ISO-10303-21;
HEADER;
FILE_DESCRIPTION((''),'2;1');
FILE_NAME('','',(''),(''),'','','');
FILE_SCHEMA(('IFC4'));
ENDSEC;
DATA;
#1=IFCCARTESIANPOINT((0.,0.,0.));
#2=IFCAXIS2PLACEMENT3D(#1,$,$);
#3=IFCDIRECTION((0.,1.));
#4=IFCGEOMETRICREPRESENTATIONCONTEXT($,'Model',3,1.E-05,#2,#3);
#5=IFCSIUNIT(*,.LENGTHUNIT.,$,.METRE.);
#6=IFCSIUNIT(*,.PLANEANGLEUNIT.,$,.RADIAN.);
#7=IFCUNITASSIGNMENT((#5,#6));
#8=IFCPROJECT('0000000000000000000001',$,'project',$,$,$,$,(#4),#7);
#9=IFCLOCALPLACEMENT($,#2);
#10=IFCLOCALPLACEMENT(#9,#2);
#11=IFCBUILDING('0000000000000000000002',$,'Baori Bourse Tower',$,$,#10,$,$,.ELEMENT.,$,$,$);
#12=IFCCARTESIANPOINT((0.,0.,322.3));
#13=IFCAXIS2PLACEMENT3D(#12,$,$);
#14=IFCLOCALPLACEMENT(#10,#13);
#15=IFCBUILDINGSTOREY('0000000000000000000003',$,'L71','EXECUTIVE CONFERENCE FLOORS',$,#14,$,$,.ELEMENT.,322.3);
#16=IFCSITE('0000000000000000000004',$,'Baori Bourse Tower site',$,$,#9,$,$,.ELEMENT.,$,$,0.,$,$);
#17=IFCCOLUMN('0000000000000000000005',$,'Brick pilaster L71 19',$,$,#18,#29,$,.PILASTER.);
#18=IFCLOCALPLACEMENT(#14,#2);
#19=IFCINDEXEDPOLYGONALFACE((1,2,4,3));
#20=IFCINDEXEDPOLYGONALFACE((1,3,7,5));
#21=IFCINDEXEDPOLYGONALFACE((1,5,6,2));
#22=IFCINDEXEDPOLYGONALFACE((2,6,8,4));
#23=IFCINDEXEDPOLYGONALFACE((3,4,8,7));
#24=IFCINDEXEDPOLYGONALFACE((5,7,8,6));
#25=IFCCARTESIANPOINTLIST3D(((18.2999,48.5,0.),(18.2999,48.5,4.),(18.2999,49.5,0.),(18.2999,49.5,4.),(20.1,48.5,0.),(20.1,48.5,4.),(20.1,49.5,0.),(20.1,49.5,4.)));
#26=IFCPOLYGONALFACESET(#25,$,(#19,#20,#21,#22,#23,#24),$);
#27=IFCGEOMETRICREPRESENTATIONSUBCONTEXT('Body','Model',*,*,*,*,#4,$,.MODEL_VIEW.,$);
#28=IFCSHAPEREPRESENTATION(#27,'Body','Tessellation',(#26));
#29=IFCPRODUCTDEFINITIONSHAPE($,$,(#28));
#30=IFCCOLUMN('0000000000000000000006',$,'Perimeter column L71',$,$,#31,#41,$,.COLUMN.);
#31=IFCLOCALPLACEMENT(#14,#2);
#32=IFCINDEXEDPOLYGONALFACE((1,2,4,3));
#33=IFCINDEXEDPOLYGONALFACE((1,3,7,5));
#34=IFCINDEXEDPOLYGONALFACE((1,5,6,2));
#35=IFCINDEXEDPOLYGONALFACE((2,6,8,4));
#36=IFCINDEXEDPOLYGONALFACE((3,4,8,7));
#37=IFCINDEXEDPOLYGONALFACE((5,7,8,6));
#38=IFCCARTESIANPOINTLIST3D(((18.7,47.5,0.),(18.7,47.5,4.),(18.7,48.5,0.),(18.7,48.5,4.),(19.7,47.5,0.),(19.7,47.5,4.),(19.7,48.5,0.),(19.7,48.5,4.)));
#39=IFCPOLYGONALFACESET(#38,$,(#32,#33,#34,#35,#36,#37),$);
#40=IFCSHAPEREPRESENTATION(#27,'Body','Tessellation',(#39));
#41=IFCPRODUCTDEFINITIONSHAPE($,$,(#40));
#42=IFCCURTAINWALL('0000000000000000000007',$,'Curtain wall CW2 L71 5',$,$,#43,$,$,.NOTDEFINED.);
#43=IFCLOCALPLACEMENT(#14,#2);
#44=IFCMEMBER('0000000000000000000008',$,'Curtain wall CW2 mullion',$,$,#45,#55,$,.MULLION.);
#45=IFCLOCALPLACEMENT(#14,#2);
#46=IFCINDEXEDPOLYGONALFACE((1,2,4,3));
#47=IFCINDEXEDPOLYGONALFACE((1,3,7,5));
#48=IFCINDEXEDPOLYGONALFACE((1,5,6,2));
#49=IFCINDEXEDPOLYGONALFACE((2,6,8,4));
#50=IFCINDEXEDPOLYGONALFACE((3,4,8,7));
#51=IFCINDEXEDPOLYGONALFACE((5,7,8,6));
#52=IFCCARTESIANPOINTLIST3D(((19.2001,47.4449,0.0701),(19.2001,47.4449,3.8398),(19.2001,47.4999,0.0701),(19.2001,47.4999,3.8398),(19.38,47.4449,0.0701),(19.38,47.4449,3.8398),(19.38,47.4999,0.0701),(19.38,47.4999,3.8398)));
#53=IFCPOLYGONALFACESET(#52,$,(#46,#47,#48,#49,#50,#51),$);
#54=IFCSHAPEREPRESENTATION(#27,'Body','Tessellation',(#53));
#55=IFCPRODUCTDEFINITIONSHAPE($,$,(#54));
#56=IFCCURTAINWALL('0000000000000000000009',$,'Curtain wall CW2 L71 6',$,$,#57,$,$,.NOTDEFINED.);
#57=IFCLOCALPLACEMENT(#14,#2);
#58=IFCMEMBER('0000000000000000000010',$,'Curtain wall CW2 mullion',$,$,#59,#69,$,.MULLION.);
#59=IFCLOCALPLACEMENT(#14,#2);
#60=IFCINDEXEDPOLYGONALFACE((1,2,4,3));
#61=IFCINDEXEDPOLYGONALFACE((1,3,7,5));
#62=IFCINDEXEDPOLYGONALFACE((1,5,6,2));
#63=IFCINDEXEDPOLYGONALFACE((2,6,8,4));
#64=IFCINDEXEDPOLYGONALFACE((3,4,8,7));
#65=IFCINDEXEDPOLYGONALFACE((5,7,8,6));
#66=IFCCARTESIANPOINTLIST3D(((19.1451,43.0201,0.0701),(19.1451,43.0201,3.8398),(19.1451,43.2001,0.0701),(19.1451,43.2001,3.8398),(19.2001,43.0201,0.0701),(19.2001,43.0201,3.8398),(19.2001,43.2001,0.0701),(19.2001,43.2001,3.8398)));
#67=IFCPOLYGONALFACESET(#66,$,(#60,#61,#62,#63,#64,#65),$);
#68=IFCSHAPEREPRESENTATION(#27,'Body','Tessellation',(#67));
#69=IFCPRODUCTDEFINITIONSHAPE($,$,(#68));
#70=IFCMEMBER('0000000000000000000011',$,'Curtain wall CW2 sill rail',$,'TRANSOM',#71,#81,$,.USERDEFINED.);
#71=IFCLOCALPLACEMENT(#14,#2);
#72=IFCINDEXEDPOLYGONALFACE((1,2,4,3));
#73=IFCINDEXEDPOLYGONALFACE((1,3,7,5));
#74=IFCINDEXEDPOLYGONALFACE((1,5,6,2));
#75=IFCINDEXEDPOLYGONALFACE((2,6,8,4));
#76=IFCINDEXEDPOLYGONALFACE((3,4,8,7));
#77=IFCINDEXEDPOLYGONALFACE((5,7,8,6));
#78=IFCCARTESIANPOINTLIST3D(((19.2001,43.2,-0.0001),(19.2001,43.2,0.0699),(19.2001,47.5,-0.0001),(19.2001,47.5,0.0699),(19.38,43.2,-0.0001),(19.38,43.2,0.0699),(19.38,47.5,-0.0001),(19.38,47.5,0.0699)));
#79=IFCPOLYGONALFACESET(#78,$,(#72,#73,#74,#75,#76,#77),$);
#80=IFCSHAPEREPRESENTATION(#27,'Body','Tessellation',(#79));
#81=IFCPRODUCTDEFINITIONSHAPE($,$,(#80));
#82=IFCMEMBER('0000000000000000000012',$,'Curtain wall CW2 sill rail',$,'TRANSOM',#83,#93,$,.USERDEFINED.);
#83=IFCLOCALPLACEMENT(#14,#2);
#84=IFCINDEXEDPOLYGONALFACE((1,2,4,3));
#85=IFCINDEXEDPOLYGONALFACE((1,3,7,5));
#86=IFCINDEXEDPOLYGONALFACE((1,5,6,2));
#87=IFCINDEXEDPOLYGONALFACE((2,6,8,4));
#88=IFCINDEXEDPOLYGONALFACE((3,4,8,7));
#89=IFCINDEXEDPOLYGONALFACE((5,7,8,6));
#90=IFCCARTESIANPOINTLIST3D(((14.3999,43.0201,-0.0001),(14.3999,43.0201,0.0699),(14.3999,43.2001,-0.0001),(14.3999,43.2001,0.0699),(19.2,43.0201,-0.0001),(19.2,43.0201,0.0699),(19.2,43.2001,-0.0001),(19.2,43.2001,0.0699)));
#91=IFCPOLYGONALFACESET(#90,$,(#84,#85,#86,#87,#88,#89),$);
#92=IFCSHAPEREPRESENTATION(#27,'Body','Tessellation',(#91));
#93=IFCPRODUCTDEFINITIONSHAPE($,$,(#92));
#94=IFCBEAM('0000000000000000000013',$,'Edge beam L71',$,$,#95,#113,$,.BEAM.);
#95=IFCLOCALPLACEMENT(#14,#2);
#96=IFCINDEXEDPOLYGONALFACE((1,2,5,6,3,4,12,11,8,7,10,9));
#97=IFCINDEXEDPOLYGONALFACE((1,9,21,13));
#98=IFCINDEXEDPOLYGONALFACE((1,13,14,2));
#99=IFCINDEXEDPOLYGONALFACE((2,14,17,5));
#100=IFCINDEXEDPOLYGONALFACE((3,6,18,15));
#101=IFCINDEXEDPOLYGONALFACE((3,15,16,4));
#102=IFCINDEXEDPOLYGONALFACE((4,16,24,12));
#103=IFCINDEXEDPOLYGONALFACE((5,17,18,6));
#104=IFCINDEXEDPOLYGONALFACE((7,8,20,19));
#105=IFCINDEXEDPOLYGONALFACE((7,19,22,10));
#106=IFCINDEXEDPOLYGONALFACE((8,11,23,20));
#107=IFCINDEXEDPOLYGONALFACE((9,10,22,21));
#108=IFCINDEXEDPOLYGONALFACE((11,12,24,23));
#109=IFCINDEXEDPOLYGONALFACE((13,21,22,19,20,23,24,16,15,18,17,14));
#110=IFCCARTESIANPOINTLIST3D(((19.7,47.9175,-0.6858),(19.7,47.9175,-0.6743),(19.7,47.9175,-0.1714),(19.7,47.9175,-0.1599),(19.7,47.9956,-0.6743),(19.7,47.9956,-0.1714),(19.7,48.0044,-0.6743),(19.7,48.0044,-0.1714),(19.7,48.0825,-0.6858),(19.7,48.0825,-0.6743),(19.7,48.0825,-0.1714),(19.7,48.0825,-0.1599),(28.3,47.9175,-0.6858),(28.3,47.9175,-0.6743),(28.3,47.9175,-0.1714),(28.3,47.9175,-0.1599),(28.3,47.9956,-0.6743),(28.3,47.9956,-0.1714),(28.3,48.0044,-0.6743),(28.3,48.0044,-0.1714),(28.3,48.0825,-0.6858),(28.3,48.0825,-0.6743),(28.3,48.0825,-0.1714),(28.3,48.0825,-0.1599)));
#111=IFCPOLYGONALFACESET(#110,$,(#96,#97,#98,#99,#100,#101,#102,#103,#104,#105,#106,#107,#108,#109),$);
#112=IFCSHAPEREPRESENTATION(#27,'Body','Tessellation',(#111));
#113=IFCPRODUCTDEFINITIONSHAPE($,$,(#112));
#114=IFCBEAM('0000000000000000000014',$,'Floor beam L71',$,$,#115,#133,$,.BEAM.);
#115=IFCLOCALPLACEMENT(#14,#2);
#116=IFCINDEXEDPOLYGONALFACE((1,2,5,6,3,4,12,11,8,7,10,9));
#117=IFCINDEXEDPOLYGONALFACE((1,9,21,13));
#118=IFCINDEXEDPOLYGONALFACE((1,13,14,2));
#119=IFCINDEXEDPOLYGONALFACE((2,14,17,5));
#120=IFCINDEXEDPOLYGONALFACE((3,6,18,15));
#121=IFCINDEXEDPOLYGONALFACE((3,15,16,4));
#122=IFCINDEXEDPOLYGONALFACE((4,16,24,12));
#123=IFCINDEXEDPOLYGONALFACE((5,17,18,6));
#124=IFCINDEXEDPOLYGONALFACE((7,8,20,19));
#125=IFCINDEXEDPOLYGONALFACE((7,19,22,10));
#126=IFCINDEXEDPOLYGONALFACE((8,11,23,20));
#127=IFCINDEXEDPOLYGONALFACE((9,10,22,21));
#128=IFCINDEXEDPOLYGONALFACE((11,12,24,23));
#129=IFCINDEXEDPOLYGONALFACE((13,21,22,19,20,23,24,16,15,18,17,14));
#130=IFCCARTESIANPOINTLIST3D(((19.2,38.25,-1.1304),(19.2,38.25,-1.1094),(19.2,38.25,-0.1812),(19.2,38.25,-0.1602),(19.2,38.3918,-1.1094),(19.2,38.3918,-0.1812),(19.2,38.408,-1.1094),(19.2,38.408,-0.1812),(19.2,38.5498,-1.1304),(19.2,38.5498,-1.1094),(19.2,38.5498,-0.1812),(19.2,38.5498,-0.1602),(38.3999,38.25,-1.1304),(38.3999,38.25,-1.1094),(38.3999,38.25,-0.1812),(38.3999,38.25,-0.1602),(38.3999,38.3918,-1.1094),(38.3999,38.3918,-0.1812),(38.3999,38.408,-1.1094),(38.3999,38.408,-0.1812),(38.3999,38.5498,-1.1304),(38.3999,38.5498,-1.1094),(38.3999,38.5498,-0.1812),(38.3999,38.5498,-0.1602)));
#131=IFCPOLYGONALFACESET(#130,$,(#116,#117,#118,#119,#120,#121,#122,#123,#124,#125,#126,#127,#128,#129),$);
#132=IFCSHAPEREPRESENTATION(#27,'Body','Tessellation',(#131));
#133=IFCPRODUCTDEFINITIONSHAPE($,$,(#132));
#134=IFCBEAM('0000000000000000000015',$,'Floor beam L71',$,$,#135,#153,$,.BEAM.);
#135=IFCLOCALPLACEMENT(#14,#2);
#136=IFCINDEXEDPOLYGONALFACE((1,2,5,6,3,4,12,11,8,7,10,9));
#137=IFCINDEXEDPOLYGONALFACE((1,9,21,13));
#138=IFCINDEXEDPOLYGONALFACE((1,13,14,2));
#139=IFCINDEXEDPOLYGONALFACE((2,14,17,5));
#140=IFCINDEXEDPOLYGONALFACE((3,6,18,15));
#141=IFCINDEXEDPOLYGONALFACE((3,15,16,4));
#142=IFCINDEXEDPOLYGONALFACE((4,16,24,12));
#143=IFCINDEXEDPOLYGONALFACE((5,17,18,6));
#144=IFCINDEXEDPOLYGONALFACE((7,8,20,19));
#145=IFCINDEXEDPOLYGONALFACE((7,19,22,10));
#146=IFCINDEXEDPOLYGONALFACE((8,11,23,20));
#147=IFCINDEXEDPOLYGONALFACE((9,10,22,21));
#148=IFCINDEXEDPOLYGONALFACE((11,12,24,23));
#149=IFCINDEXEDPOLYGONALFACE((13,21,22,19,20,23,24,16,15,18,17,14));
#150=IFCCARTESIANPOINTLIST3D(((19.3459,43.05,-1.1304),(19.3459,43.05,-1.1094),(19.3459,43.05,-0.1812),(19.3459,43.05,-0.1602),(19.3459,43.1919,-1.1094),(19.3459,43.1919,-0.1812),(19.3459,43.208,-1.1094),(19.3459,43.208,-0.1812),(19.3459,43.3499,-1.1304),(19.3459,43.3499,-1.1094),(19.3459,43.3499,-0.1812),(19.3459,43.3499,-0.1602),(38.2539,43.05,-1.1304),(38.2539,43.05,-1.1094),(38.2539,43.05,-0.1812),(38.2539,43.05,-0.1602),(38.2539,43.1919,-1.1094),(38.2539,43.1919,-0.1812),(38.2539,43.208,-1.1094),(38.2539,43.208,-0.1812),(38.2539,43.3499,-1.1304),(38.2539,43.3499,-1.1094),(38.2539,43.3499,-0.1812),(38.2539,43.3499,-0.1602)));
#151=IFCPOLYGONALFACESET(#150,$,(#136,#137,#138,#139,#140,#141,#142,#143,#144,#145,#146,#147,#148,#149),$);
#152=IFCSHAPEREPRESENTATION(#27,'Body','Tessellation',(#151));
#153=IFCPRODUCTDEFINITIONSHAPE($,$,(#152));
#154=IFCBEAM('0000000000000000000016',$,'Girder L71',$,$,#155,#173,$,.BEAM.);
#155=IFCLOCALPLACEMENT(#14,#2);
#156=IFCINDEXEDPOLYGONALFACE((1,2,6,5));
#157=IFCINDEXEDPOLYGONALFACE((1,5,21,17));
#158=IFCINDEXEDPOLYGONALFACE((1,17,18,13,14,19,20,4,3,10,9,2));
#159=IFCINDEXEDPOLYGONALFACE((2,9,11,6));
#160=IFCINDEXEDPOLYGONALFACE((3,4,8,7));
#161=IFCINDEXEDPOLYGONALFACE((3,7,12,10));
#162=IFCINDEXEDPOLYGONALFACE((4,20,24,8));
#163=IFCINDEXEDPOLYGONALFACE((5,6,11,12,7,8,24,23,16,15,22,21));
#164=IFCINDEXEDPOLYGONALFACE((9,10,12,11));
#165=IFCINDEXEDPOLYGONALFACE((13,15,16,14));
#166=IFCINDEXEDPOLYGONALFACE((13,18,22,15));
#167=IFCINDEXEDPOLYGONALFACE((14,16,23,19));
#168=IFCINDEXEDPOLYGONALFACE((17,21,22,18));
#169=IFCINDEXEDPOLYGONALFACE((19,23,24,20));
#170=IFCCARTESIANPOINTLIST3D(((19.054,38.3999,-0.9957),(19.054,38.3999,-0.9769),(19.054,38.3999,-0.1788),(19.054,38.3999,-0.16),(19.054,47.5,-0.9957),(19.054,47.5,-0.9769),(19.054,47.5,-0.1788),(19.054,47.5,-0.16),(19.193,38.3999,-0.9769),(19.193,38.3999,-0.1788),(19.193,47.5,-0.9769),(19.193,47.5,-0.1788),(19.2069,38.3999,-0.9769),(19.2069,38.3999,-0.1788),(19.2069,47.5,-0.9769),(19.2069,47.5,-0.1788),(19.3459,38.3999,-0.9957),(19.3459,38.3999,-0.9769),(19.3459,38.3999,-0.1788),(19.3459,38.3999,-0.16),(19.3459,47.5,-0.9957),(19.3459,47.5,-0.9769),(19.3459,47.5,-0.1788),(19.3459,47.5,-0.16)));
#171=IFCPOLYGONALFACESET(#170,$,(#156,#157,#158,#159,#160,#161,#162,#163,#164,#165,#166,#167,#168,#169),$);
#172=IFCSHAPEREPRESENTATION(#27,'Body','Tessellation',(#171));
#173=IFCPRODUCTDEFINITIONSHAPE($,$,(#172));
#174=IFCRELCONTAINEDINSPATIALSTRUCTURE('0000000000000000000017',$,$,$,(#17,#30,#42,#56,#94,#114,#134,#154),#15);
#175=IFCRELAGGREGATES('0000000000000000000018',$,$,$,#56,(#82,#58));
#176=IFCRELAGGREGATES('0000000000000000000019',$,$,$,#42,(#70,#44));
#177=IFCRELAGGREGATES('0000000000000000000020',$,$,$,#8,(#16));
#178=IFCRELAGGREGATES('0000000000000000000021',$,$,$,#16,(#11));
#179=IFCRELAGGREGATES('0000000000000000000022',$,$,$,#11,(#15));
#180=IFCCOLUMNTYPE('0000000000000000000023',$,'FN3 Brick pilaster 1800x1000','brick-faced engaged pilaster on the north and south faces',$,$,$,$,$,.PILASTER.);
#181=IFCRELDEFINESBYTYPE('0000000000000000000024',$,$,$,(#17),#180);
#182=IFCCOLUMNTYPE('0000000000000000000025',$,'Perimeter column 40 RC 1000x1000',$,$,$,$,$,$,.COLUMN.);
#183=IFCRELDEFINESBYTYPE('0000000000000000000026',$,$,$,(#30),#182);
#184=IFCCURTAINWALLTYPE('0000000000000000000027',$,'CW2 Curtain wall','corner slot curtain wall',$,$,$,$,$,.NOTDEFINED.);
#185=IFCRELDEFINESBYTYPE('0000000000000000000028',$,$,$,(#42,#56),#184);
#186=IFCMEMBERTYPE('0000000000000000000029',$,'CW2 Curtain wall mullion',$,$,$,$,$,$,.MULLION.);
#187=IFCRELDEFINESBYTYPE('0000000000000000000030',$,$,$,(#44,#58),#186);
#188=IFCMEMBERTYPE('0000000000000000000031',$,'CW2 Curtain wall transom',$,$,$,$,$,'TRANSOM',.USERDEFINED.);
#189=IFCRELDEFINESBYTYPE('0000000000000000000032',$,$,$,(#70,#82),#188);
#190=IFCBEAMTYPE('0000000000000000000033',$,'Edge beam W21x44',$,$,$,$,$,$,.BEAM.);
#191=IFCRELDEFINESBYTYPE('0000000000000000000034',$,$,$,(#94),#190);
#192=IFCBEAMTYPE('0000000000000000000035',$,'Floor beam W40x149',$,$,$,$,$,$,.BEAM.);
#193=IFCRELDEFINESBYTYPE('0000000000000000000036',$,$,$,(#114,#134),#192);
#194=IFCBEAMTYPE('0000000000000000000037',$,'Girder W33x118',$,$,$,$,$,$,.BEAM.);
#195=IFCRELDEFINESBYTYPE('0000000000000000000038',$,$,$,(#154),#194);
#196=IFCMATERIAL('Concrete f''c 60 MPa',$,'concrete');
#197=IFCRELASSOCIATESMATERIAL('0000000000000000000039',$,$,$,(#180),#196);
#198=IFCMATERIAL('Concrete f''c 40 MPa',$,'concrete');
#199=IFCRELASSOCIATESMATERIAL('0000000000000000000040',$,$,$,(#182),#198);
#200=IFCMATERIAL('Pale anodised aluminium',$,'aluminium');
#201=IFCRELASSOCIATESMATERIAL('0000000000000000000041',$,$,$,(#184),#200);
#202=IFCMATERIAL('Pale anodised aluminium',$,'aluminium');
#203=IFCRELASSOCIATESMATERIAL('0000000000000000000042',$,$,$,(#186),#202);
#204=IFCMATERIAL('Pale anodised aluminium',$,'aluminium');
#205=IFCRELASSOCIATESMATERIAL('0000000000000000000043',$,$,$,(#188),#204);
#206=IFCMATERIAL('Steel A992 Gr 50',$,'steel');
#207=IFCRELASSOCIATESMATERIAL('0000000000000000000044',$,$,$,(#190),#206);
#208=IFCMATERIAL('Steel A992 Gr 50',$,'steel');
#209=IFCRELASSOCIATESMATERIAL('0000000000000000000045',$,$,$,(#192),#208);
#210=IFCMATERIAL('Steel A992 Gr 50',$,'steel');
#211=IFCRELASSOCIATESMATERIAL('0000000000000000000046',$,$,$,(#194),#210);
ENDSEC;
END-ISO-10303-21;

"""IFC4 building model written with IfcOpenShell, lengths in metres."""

from ifc_helpers import new_model, si_unit, direction, frame, origin, origin_2d, place, context, subcontext, project, spatial, rectangle, i_section, extrude, material, material_profile, profile_set, type_object, element, aggregate, save


model = new_model("IFC4")

# Units and contexts
model_context = context("Model", 3, precision=1e-05, world=origin(), true_north=direction((0.0, 1.0)))
body_context = subcontext(model_context, "Body", "Model", "MODEL_VIEW")
ifc_project = project(units=[si_unit("LENGTHUNIT", "METRE"), si_unit("PLANEANGLEUNIT", "RADIAN")], contexts=[model_context])

# Site, building, storey
site_placement = place(None, origin())
site = spatial("IfcSite", under=ifc_project, at=site_placement, Name="Baori Bourse Tower site", CompositionType="ELEMENT", RefElevation=0.0)
building_placement = place(site_placement, origin())
building = spatial("IfcBuilding", under=site, at=building_placement, Name="Baori Bourse Tower", CompositionType="ELEMENT")
storey_placement = place(building_placement, frame((0.0, 0.0, 322.3)))
storey = spatial("IfcBuildingStorey", under=building, at=storey_placement, Name="L71", Description="EXECUTIVE CONFERENCE FLOORS", CompositionType="ELEMENT", Elevation=322.3)

# Columns
ifc_material_1 = material(Name="Concrete f'c 60 MPa", Category="concrete")
ifc_material_profile_1 = material_profile(ifc_material_1, rectangle(XDim=1.8, YDim=1.0, at=origin_2d()), Name="RC 1800x1000")
ifc_profile_set_1 = profile_set([ifc_material_profile_1], Name="Concrete f'c 60 MPa")
column_type_1 = type_object("IfcColumnType", Name="FN3 Brick pilaster 1800x1000", Description="brick-faced engaged pilaster on the north and south faces", PredefinedType="PILASTER", material=ifc_profile_set_1)
column_1_placement = place(storey_placement, frame((19.2, 49.0, 0.0), z_axis=(0.0, 0.0, 1.0), x_axis=(1.0, 0.0, 0.0)))
element("IfcColumn", 1, at=column_1_placement, inside=storey, type_object=column_type_1, Name="Brick pilaster L71 19", PredefinedType="PILASTER", context=body_context, shape_type="SweptSolid", body=[
    extrude(rectangle(XDim=1.8, YDim=1.0, at=origin_2d()), origin(), (0.0, 0.0, 1.0), 4.0),
])
ifc_material_2 = material(Name="Concrete f'c 40 MPa", Category="concrete")
ifc_material_profile_2 = material_profile(ifc_material_2, rectangle(XDim=1.0, YDim=1.0, at=origin_2d()), Name="RC 1000x1000")
ifc_profile_set_2 = profile_set([ifc_material_profile_2], Name="Concrete f'c 40 MPa")
column_type_2 = type_object("IfcColumnType", Name="Perimeter column 40 RC 1000x1000", PredefinedType="COLUMN", material=ifc_profile_set_2)
column_2_placement = place(storey_placement, frame((19.2, 48.0, 0.0), z_axis=(0.0, 0.0, 1.0), x_axis=(1.0, 0.0, 0.0)))
element("IfcColumn", 2, at=column_2_placement, inside=storey, type_object=column_type_2, Name="Perimeter column L71", PredefinedType="COLUMN", context=body_context, shape_type="SweptSolid", body=[
    extrude(rectangle(XDim=1.0, YDim=1.0, at=origin_2d()), origin(), (0.0, 0.0, 1.0), 4.0),
])

# Curtain walls, members
ifc_material_3 = material(Name="Pale anodised aluminium", Category="aluminium")
curtain_wall_type = type_object("IfcCurtainWallType", Name="CW2 Curtain wall", Description="corner slot curtain wall", PredefinedType="NOTDEFINED", material=ifc_material_3)
curtain_wall_1_placement = place(storey_placement, origin())
curtain_wall_1 = element("IfcCurtainWall", 3, at=curtain_wall_1_placement, inside=storey, type_object=curtain_wall_type, Name="Curtain wall CW2 L71 5", PredefinedType="NOTDEFINED")
ifc_material_4 = material(Name="Pale anodised aluminium", Category="aluminium")
ifc_material_profile_3 = material_profile(ifc_material_4, rectangle(XDim=0.1799, YDim=0.0549, at=origin_2d()), Name="Mullion 55x180")
ifc_profile_set_3 = profile_set([ifc_material_profile_3], Name="Pale anodised aluminium")
member_type_1 = type_object("IfcMemberType", Name="CW2 Curtain wall mullion", PredefinedType="MULLION", material=ifc_profile_set_3)
member_1_placement = place(storey_placement, frame((19.29, 47.4724, 0.0701), z_axis=(0.0, 0.0, 1.0), x_axis=(1.0, 0.0, 0.0)))
member_1 = element("IfcMember", 4, at=member_1_placement, type_object=member_type_1, Name="Curtain wall CW2 mullion", PredefinedType="MULLION", context=body_context, shape_type="SweptSolid", body=[
    extrude(rectangle(XDim=0.1799, YDim=0.0549, at=origin_2d()), origin(), (0.0, 0.0, 1.0), 3.7698),
])
curtain_wall_2_placement = place(storey_placement, origin())
curtain_wall_2 = element("IfcCurtainWall", 5, at=curtain_wall_2_placement, inside=storey, type_object=curtain_wall_type, Name="Curtain wall CW2 L71 6", PredefinedType="NOTDEFINED")
member_2_placement = place(storey_placement, frame((19.1726, 43.1101, 0.0701), z_axis=(0.0, 0.0, 1.0), x_axis=(0.0, -1.0, 0.0)))
member_2 = element("IfcMember", 6, at=member_2_placement, type_object=member_type_1, Name="Curtain wall CW2 mullion", PredefinedType="MULLION", context=body_context, shape_type="SweptSolid", body=[
    extrude(rectangle(XDim=0.1799, YDim=0.0549, at=origin_2d()), origin(), (0.0, 0.0, 1.0), 3.7698),
])

# Members
ifc_material_5 = material(Name="Pale anodised aluminium", Category="aluminium")
ifc_material_profile_4 = material_profile(ifc_material_5, rectangle(XDim=0.1799, YDim=0.0701, at=origin_2d()), Name="Transom 70x180")
ifc_profile_set_4 = profile_set([ifc_material_profile_4], Name="Pale anodised aluminium")
member_type_2 = type_object("IfcMemberType", Name="CW2 Curtain wall transom", ElementType="TRANSOM", PredefinedType="USERDEFINED", material=ifc_profile_set_4)
member_3_placement = place(storey_placement, frame((19.29, 47.5, 0.0349), z_axis=(0.0, -1.0, 0.0), x_axis=(1.0, 0.0, 0.0)))
member_3 = element("IfcMember", 7, at=member_3_placement, type_object=member_type_2, Name="Curtain wall CW2 sill rail", ObjectType="TRANSOM", PredefinedType="USERDEFINED", context=body_context, shape_type="SweptSolid", body=[
    extrude(rectangle(XDim=0.1799, YDim=0.0701, at=origin_2d()), origin(), (0.0, 0.0, 1.0), 4.3),
])
member_4_placement = place(storey_placement, frame((19.2, 43.1101, 0.0349), z_axis=(-1.0, 0.0, 0.0), x_axis=(0.0, -1.0, 0.0)))
member_4 = element("IfcMember", 8, at=member_4_placement, type_object=member_type_2, Name="Curtain wall CW2 sill rail", ObjectType="TRANSOM", PredefinedType="USERDEFINED", context=body_context, shape_type="SweptSolid", body=[
    extrude(rectangle(XDim=0.1799, YDim=0.0701, at=origin_2d()), origin(), (0.0, 0.0, 1.0), 4.8),
])
aggregate(curtain_wall_2, [member_4, member_2])

# Beams
ifc_material_6 = material(Name="Steel A992 Gr 50", Category="steel")
ifc_material_profile_5 = material_profile(ifc_material_6, i_section(OverallWidth=0.165, OverallDepth=0.5259, WebThickness=0.0088, FlangeThickness=0.0115, at=origin_2d()), Name="W21x44")
ifc_profile_set_5 = profile_set([ifc_material_profile_5], Name="Steel A992 Gr 50")
beam_type_1 = type_object("IfcBeamType", Name="Edge beam W21x44", PredefinedType="BEAM", material=ifc_profile_set_5)
beam_1_placement = place(storey_placement, frame((19.7, 48.0, -0.4229), z_axis=(1.0, 0.0, 0.0), x_axis=(0.0, 1.0, 0.0)))
element("IfcBeam", 9, at=beam_1_placement, inside=storey, type_object=beam_type_1, Name="Edge beam L71", PredefinedType="BEAM", context=body_context, shape_type="SweptSolid", body=[
    extrude(i_section(OverallWidth=0.165, OverallDepth=0.5259, WebThickness=0.0088, FlangeThickness=0.0115, at=origin_2d()), origin(), (0.0, 0.0, 1.0), 8.6001),
])
ifc_material_7 = material(Name="Steel A992 Gr 50", Category="steel")
ifc_material_profile_6 = material_profile(ifc_material_7, i_section(OverallWidth=0.2998, OverallDepth=0.9702, WebThickness=0.0161, FlangeThickness=0.021, at=origin_2d()), Name="W40x149")
ifc_profile_set_6 = profile_set([ifc_material_profile_6], Name="Steel A992 Gr 50")
beam_type_2 = type_object("IfcBeamType", Name="Floor beam W40x149", PredefinedType="BEAM", material=ifc_profile_set_6)
beam_2_placement = place(storey_placement, frame((19.2, 38.3999, -0.6453), z_axis=(1.0, 0.0, 0.0), x_axis=(0.0, 1.0, 0.0)))
element("IfcBeam", 10, at=beam_2_placement, inside=storey, type_object=beam_type_2, Name="Floor beam L71", PredefinedType="BEAM", context=body_context, shape_type="SweptSolid", body=[
    extrude(i_section(OverallWidth=0.2998, OverallDepth=0.9702, WebThickness=0.0161, FlangeThickness=0.021, at=origin_2d()), origin(), (0.0, 0.0, 1.0), 19.2),
])
beam_3_placement = place(storey_placement, frame((19.3459, 43.2, -0.6453), z_axis=(1.0, 0.0, 0.0), x_axis=(0.0, 1.0, 0.0)))
element("IfcBeam", 11, at=beam_3_placement, inside=storey, type_object=beam_type_2, Name="Floor beam L71", PredefinedType="BEAM", context=body_context, shape_type="SweptSolid", body=[
    extrude(i_section(OverallWidth=0.2998, OverallDepth=0.9702, WebThickness=0.0161, FlangeThickness=0.021, at=origin_2d()), origin(), (0.0, 0.0, 1.0), 18.908),
])
ifc_material_8 = material(Name="Steel A992 Gr 50", Category="steel")
ifc_material_profile_7 = material_profile(ifc_material_8, i_section(OverallWidth=0.292, OverallDepth=0.8357, WebThickness=0.0139, FlangeThickness=0.0188, at=origin_2d()), Name="W33x118")
ifc_profile_set_7 = profile_set([ifc_material_profile_7], Name="Steel A992 Gr 50")
beam_type_3 = type_object("IfcBeamType", Name="Girder W33x118", PredefinedType="BEAM", material=ifc_profile_set_7)
beam_4_placement = place(storey_placement, frame((19.2, 38.3999, -0.5779), z_axis=(0.0, 1.0, 0.0), x_axis=(-1.0, 0.0, 0.0)))
element("IfcBeam", 12, at=beam_4_placement, inside=storey, type_object=beam_type_3, Name="Girder L71", PredefinedType="BEAM", context=body_context, shape_type="SweptSolid", body=[
    extrude(i_section(OverallWidth=0.292, OverallDepth=0.8357, WebThickness=0.0139, FlangeThickness=0.0188, at=origin_2d()), origin(), (0.0, 0.0, 1.0), 9.1001),
])

aggregate(curtain_wall_1, [member_3, member_1])

save(model, "model.ifc")
